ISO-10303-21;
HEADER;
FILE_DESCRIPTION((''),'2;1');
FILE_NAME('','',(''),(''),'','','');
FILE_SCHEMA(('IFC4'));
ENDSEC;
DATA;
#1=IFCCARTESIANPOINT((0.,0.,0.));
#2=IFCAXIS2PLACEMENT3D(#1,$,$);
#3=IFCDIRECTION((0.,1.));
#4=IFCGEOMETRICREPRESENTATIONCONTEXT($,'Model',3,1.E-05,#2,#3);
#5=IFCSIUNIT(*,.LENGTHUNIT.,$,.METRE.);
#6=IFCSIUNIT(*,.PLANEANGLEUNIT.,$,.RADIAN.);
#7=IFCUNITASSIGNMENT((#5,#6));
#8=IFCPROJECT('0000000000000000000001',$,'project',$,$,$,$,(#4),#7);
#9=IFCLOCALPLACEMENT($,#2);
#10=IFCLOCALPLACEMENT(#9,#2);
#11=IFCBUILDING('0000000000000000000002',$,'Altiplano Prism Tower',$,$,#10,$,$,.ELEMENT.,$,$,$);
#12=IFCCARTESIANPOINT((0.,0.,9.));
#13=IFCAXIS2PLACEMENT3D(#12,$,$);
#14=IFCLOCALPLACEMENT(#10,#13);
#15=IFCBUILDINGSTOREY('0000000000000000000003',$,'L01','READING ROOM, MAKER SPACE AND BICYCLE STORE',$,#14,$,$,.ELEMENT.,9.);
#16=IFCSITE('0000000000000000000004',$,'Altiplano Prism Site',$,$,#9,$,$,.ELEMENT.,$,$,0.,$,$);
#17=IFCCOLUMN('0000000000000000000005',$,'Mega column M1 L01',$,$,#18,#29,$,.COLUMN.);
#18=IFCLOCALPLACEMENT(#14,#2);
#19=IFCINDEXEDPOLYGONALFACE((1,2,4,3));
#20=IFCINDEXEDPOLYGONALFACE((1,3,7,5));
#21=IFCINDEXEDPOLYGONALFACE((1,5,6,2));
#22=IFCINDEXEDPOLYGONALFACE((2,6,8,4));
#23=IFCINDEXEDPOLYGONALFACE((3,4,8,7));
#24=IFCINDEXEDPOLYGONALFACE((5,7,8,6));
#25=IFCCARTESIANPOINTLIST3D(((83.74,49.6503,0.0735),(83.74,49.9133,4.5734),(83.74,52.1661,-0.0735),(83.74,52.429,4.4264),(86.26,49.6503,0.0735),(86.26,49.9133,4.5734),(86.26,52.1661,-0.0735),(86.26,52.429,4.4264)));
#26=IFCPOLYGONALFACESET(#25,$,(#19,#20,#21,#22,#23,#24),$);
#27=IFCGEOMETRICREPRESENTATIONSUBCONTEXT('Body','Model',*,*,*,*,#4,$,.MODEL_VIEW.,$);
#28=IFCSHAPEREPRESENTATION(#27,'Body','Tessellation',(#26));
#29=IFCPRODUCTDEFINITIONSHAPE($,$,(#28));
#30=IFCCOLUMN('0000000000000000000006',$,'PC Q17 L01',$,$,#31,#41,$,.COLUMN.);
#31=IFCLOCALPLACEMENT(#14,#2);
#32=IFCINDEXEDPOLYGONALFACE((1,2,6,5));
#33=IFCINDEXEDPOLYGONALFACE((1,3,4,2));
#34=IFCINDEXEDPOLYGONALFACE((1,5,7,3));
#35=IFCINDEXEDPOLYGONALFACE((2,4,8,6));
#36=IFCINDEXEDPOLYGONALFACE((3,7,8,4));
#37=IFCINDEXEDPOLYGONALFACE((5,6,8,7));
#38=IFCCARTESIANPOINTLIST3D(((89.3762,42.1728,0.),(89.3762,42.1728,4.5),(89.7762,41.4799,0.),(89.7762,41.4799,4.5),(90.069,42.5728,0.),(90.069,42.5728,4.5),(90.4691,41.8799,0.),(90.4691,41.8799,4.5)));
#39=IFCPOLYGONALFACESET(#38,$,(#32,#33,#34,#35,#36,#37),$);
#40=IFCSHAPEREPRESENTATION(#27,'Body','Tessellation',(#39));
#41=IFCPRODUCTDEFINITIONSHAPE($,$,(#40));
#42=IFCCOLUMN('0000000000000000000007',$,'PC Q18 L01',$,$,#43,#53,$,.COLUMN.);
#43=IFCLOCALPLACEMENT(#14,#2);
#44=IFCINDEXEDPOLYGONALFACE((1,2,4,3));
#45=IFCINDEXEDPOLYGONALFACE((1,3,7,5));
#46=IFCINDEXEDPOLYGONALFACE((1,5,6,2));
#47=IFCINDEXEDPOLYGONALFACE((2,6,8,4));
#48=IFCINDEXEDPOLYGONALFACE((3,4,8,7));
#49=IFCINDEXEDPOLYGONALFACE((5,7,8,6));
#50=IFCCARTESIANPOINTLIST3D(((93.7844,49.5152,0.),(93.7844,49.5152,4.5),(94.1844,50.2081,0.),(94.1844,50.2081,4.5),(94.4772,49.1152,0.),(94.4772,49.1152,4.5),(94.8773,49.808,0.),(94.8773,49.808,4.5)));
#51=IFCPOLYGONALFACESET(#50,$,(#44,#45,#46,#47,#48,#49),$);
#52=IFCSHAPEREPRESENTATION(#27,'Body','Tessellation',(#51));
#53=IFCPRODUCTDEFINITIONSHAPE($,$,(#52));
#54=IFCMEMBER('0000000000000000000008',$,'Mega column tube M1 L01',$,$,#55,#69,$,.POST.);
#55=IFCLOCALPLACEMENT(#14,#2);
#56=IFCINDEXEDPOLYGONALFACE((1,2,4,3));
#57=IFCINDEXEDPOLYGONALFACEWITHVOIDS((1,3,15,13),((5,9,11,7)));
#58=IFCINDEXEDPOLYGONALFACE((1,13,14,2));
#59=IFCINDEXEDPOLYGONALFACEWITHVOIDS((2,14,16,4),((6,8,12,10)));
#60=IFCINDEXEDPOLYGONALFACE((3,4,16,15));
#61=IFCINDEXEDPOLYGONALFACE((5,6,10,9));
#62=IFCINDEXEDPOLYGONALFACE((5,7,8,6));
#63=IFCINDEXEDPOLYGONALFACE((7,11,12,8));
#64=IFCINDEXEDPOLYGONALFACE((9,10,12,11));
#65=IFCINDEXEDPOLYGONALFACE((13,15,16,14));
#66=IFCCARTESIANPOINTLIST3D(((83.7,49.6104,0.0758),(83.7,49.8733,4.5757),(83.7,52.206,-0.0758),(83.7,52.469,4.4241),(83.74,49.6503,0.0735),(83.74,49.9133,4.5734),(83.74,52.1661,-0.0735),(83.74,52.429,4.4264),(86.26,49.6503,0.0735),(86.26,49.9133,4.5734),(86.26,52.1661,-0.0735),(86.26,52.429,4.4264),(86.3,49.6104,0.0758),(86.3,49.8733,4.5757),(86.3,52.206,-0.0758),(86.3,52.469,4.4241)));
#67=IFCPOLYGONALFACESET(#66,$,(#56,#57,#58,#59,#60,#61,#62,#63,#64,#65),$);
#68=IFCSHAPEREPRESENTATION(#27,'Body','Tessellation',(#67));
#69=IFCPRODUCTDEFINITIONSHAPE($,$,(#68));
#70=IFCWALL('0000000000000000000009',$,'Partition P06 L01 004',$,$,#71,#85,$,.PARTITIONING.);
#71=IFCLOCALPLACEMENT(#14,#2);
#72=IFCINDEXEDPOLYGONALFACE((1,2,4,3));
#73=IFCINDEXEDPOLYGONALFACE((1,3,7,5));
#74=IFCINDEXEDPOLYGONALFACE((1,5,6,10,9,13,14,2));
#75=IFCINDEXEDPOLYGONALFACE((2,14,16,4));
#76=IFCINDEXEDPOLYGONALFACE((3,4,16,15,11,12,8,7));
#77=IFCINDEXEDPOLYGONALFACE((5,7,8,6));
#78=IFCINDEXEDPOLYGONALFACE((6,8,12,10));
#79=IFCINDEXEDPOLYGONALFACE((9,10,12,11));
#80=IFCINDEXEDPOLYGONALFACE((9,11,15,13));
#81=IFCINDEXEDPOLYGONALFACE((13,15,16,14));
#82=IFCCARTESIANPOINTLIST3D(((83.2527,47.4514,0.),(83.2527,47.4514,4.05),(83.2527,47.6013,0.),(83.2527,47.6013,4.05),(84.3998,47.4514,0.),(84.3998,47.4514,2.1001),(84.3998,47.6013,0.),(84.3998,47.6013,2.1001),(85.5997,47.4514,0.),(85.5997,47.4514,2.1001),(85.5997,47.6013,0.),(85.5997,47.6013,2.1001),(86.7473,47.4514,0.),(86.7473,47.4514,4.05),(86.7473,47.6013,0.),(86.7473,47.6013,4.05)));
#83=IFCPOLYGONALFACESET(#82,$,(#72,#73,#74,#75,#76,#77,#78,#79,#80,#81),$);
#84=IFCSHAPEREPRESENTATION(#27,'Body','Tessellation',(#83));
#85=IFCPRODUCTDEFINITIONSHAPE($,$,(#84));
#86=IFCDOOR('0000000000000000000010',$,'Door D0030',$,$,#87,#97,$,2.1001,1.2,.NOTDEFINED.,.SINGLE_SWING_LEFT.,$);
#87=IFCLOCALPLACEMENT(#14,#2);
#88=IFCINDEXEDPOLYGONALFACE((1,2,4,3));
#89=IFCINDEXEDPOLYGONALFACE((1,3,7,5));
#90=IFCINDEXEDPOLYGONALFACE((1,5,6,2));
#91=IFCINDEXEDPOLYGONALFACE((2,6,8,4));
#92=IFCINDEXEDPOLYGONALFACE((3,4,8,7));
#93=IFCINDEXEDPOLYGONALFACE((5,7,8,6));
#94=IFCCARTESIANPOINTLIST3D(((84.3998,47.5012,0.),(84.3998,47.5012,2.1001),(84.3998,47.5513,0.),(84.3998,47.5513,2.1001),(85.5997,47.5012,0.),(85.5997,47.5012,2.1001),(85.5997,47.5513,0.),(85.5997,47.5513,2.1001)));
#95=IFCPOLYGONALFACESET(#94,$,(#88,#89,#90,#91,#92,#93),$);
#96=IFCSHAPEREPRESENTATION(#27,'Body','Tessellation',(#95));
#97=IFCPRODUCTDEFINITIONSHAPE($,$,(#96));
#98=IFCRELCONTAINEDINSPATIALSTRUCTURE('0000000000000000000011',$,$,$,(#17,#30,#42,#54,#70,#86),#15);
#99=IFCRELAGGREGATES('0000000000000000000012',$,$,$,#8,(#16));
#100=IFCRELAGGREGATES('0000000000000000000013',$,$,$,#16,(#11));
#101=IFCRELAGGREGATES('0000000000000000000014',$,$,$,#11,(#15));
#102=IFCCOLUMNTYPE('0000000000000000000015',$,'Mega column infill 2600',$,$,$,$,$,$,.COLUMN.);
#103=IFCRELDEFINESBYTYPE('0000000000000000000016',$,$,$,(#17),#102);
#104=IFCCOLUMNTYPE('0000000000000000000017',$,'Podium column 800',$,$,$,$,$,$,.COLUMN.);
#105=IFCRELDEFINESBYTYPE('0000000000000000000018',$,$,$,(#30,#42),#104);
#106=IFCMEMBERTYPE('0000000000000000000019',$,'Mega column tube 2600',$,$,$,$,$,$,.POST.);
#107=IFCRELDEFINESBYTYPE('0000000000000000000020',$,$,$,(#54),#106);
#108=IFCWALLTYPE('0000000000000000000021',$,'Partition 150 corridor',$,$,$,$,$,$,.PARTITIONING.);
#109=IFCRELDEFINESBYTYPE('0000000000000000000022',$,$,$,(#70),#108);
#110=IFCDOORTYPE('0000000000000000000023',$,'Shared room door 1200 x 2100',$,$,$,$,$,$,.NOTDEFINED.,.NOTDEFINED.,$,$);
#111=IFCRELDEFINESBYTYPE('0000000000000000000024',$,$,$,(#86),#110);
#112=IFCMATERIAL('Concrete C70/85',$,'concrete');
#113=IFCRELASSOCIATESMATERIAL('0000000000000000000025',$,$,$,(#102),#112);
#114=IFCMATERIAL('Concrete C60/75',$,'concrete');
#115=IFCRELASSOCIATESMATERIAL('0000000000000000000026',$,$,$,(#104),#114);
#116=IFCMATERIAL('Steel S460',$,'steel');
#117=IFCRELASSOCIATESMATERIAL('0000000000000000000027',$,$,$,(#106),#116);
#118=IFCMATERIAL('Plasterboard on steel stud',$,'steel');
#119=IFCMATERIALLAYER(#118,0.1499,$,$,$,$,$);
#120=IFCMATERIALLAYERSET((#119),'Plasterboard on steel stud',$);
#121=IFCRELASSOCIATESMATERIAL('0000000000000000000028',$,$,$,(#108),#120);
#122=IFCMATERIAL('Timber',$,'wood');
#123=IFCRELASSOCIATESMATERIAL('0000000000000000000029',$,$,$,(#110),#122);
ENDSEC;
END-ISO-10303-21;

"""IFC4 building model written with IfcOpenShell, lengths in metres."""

from ifc_helpers import new_model, si_unit, direction, frame, frame_2d, origin, origin_2d, place, context, subcontext, project, spatial, rectangle, hollow_rectangle, extrude, material, layer, layer_set, material_profile, profile_set, type_object, element, fill, save


model = new_model("IFC4")

# Units and contexts
model_context = context("Model", 3, precision=1e-05, world=origin(), true_north=direction((0.0, 1.0)))
body_context = subcontext(model_context, "Body", "Model", "MODEL_VIEW")
ifc_project = project(units=[si_unit("LENGTHUNIT", "METRE"), si_unit("PLANEANGLEUNIT", "RADIAN")], contexts=[model_context])

# Site, building, storey
site_placement = place(None, origin())
site = spatial("IfcSite", under=ifc_project, at=site_placement, Name="Altiplano Prism Site", CompositionType="ELEMENT", RefElevation=0.0)
building_placement = place(site_placement, origin())
building = spatial("IfcBuilding", under=site, at=building_placement, Name="Altiplano Prism Tower", CompositionType="ELEMENT")
storey_placement = place(building_placement, frame((0.0, 0.0, 9.0)))
storey = spatial("IfcBuildingStorey", under=building, at=storey_placement, Name="L01", Description="READING ROOM, MAKER SPACE AND BICYCLE STORE", CompositionType="ELEMENT", Elevation=9.0)

# Columns
ifc_material_1 = material(Name="Concrete C70/85", Category="concrete")
ifc_material_profile_1 = material_profile(ifc_material_1, rectangle(XDim=2.52, YDim=2.52, at=origin_2d()), Name="Mega column infill 2600")
ifc_profile_set_1 = profile_set([ifc_material_profile_1], Name="Concrete C70/85")
column_type_1 = type_object("IfcColumnType", Name="Mega column infill 2600", PredefinedType="COLUMN", material=ifc_profile_set_1)
column_placement = place(storey_placement, frame((85.0, 50.9082, 0.0), z_axis=(0.0, 0.058331, 0.998297), x_axis=(-1.0, 0.0, 0.0)))
element("IfcColumn", 1, at=column_placement, inside=storey, type_object=column_type_1, Name="Mega column M1 L01", PredefinedType="COLUMN", context=body_context, shape_type="SweptSolid", body=[
    extrude(rectangle(XDim=2.52, YDim=2.52, at=origin_2d()), origin(), (0.0, 0.0, 1.0), 4.5076),
])
ifc_material_2 = material(Name="Concrete C60/75", Category="concrete")
ifc_material_profile_2 = material_profile(ifc_material_2, rectangle(XDim=0.8, YDim=0.8, at=origin_2d()), Name="Podium column 800")
ifc_profile_set_2 = profile_set([ifc_material_profile_2], Name="Concrete C60/75")
column_type_2 = type_object("IfcColumnType", Name="Podium column 800", PredefinedType="COLUMN", material=ifc_profile_set_2)
for number, where, z_axis, x_axis, name in (
    (2, (89.9226, 42.0264, 0.0), (0.0, 0.0, 1.0), (0.866025, 0.5, 0.0), "PC Q17 L01"),
    (3, (94.3308, 49.6616, 0.0), (0.0, 0.0, 1.0), (0.5, 0.866025, 0.0), "PC Q18 L01"),
):
    element("IfcColumn", number, at=place(storey_placement, frame(where, z_axis=z_axis, x_axis=x_axis)), inside=storey, type_object=column_type_2, Name=name, PredefinedType="COLUMN", context=body_context, shape_type="SweptSolid", body=[
        extrude(rectangle(XDim=0.8, YDim=0.8, at=origin_2d()), origin(), (0.0, 0.0, 1.0), 4.5),
    ])

# Member
ifc_material_3 = material(Name="Steel S460", Category="steel")
ifc_material_profile_3 = material_profile(ifc_material_3, hollow_rectangle(XDim=2.6001, YDim=2.6001, WallThickness=0.04, at=origin_2d()), Name="Mega column tube 2600")
ifc_profile_set_3 = profile_set([ifc_material_profile_3], Name="Steel S460")
member_type = type_object("IfcMemberType", Name="Mega column tube 2600", PredefinedType="POST", material=ifc_profile_set_3)
member_placement = place(storey_placement, frame((85.0, 50.9082, 0.0), z_axis=(0.0, 0.058331, 0.998297), x_axis=(-1.0, 0.0, 0.0)))
element("IfcMember", 4, at=member_placement, inside=storey, type_object=member_type, Name="Mega column tube M1 L01", PredefinedType="POST", context=body_context, shape_type="SweptSolid", body=[
    extrude(hollow_rectangle(XDim=2.6001, YDim=2.6001, WallThickness=0.04, at=origin_2d()), origin(), (0.0, 0.0, 1.0), 4.5076),
])

# Wall, opening, door
ifc_material_4 = material(Name="Plasterboard on steel stud", Category="steel")
ifc_layer_1 = layer(ifc_material_4, 0.1499)
ifc_layer_set_1 = layer_set([ifc_layer_1], Name="Plasterboard on steel stud")
wall_type_1 = type_object("IfcWallType", Name="Partition 150 corridor", PredefinedType="PARTITIONING", material=ifc_layer_set_1)
wall_1_placement = place(storey_placement, frame((83.2527, 47.5264, 0.0), z_axis=(0.0, 0.0, 1.0), x_axis=(1.0, 0.0, 0.0)))
wall_1 = element("IfcWall", 5, at=wall_1_placement, inside=storey, type_object=wall_type_1, Name="Partition P06 L01 004", PredefinedType="PARTITIONING", context=body_context, shape_type="SweptSolid", body=[
    extrude(rectangle(XDim=3.4946, YDim=0.1499, at=frame_2d((1.7473, 0.0))), origin(), (0.0, 0.0, 1.0), 4.05),
])
opening_1_placement = place(wall_1_placement, frame((1.147, 0.0, 0.0)))
opening_1 = element("IfcOpeningElement", 6, at=opening_1_placement, cuts=wall_1, PredefinedType="OPENING", context=body_context, shape_type="SweptSolid", body=[
    extrude(rectangle(XDim=1.2, YDim=2.1001, at=frame_2d((0.6001, 1.05))), frame((0.0, 0.0854, 0.0), z_axis=(0.0, -1.0, 0.0), x_axis=(1.0, 0.0, 0.0)), (0.0, 0.0, 1.0), 0.1709),
])
ifc_material_5 = material(Name="Timber", Category="wood")
door_type_1 = type_object("IfcDoorType", Name="Shared room door 1200 x 2100", OperationType="NOTDEFINED", PredefinedType="NOTDEFINED", material=ifc_material_5)
door_1_placement = place(opening_1_placement, origin())
door_1 = element("IfcDoor", 7, at=door_1_placement, inside=storey, type_object=door_type_1, Name="Door D0030", OperationType="SINGLE_SWING_LEFT", OverallHeight=2.1001, OverallWidth=1.2, PredefinedType="NOTDEFINED", context=body_context, shape_type="SweptSolid", body=[
    extrude(rectangle(XDim=1.2, YDim=2.1001, at=frame_2d((0.6001, 1.05))), frame((0.0, 0.0249, 0.0), z_axis=(0.0, -1.0, 0.0), x_axis=(1.0, 0.0, 0.0)), (0.0, 0.0, 1.0), 0.05),
])
fill(opening_1, door_1)

save(model, "model.ifc")
